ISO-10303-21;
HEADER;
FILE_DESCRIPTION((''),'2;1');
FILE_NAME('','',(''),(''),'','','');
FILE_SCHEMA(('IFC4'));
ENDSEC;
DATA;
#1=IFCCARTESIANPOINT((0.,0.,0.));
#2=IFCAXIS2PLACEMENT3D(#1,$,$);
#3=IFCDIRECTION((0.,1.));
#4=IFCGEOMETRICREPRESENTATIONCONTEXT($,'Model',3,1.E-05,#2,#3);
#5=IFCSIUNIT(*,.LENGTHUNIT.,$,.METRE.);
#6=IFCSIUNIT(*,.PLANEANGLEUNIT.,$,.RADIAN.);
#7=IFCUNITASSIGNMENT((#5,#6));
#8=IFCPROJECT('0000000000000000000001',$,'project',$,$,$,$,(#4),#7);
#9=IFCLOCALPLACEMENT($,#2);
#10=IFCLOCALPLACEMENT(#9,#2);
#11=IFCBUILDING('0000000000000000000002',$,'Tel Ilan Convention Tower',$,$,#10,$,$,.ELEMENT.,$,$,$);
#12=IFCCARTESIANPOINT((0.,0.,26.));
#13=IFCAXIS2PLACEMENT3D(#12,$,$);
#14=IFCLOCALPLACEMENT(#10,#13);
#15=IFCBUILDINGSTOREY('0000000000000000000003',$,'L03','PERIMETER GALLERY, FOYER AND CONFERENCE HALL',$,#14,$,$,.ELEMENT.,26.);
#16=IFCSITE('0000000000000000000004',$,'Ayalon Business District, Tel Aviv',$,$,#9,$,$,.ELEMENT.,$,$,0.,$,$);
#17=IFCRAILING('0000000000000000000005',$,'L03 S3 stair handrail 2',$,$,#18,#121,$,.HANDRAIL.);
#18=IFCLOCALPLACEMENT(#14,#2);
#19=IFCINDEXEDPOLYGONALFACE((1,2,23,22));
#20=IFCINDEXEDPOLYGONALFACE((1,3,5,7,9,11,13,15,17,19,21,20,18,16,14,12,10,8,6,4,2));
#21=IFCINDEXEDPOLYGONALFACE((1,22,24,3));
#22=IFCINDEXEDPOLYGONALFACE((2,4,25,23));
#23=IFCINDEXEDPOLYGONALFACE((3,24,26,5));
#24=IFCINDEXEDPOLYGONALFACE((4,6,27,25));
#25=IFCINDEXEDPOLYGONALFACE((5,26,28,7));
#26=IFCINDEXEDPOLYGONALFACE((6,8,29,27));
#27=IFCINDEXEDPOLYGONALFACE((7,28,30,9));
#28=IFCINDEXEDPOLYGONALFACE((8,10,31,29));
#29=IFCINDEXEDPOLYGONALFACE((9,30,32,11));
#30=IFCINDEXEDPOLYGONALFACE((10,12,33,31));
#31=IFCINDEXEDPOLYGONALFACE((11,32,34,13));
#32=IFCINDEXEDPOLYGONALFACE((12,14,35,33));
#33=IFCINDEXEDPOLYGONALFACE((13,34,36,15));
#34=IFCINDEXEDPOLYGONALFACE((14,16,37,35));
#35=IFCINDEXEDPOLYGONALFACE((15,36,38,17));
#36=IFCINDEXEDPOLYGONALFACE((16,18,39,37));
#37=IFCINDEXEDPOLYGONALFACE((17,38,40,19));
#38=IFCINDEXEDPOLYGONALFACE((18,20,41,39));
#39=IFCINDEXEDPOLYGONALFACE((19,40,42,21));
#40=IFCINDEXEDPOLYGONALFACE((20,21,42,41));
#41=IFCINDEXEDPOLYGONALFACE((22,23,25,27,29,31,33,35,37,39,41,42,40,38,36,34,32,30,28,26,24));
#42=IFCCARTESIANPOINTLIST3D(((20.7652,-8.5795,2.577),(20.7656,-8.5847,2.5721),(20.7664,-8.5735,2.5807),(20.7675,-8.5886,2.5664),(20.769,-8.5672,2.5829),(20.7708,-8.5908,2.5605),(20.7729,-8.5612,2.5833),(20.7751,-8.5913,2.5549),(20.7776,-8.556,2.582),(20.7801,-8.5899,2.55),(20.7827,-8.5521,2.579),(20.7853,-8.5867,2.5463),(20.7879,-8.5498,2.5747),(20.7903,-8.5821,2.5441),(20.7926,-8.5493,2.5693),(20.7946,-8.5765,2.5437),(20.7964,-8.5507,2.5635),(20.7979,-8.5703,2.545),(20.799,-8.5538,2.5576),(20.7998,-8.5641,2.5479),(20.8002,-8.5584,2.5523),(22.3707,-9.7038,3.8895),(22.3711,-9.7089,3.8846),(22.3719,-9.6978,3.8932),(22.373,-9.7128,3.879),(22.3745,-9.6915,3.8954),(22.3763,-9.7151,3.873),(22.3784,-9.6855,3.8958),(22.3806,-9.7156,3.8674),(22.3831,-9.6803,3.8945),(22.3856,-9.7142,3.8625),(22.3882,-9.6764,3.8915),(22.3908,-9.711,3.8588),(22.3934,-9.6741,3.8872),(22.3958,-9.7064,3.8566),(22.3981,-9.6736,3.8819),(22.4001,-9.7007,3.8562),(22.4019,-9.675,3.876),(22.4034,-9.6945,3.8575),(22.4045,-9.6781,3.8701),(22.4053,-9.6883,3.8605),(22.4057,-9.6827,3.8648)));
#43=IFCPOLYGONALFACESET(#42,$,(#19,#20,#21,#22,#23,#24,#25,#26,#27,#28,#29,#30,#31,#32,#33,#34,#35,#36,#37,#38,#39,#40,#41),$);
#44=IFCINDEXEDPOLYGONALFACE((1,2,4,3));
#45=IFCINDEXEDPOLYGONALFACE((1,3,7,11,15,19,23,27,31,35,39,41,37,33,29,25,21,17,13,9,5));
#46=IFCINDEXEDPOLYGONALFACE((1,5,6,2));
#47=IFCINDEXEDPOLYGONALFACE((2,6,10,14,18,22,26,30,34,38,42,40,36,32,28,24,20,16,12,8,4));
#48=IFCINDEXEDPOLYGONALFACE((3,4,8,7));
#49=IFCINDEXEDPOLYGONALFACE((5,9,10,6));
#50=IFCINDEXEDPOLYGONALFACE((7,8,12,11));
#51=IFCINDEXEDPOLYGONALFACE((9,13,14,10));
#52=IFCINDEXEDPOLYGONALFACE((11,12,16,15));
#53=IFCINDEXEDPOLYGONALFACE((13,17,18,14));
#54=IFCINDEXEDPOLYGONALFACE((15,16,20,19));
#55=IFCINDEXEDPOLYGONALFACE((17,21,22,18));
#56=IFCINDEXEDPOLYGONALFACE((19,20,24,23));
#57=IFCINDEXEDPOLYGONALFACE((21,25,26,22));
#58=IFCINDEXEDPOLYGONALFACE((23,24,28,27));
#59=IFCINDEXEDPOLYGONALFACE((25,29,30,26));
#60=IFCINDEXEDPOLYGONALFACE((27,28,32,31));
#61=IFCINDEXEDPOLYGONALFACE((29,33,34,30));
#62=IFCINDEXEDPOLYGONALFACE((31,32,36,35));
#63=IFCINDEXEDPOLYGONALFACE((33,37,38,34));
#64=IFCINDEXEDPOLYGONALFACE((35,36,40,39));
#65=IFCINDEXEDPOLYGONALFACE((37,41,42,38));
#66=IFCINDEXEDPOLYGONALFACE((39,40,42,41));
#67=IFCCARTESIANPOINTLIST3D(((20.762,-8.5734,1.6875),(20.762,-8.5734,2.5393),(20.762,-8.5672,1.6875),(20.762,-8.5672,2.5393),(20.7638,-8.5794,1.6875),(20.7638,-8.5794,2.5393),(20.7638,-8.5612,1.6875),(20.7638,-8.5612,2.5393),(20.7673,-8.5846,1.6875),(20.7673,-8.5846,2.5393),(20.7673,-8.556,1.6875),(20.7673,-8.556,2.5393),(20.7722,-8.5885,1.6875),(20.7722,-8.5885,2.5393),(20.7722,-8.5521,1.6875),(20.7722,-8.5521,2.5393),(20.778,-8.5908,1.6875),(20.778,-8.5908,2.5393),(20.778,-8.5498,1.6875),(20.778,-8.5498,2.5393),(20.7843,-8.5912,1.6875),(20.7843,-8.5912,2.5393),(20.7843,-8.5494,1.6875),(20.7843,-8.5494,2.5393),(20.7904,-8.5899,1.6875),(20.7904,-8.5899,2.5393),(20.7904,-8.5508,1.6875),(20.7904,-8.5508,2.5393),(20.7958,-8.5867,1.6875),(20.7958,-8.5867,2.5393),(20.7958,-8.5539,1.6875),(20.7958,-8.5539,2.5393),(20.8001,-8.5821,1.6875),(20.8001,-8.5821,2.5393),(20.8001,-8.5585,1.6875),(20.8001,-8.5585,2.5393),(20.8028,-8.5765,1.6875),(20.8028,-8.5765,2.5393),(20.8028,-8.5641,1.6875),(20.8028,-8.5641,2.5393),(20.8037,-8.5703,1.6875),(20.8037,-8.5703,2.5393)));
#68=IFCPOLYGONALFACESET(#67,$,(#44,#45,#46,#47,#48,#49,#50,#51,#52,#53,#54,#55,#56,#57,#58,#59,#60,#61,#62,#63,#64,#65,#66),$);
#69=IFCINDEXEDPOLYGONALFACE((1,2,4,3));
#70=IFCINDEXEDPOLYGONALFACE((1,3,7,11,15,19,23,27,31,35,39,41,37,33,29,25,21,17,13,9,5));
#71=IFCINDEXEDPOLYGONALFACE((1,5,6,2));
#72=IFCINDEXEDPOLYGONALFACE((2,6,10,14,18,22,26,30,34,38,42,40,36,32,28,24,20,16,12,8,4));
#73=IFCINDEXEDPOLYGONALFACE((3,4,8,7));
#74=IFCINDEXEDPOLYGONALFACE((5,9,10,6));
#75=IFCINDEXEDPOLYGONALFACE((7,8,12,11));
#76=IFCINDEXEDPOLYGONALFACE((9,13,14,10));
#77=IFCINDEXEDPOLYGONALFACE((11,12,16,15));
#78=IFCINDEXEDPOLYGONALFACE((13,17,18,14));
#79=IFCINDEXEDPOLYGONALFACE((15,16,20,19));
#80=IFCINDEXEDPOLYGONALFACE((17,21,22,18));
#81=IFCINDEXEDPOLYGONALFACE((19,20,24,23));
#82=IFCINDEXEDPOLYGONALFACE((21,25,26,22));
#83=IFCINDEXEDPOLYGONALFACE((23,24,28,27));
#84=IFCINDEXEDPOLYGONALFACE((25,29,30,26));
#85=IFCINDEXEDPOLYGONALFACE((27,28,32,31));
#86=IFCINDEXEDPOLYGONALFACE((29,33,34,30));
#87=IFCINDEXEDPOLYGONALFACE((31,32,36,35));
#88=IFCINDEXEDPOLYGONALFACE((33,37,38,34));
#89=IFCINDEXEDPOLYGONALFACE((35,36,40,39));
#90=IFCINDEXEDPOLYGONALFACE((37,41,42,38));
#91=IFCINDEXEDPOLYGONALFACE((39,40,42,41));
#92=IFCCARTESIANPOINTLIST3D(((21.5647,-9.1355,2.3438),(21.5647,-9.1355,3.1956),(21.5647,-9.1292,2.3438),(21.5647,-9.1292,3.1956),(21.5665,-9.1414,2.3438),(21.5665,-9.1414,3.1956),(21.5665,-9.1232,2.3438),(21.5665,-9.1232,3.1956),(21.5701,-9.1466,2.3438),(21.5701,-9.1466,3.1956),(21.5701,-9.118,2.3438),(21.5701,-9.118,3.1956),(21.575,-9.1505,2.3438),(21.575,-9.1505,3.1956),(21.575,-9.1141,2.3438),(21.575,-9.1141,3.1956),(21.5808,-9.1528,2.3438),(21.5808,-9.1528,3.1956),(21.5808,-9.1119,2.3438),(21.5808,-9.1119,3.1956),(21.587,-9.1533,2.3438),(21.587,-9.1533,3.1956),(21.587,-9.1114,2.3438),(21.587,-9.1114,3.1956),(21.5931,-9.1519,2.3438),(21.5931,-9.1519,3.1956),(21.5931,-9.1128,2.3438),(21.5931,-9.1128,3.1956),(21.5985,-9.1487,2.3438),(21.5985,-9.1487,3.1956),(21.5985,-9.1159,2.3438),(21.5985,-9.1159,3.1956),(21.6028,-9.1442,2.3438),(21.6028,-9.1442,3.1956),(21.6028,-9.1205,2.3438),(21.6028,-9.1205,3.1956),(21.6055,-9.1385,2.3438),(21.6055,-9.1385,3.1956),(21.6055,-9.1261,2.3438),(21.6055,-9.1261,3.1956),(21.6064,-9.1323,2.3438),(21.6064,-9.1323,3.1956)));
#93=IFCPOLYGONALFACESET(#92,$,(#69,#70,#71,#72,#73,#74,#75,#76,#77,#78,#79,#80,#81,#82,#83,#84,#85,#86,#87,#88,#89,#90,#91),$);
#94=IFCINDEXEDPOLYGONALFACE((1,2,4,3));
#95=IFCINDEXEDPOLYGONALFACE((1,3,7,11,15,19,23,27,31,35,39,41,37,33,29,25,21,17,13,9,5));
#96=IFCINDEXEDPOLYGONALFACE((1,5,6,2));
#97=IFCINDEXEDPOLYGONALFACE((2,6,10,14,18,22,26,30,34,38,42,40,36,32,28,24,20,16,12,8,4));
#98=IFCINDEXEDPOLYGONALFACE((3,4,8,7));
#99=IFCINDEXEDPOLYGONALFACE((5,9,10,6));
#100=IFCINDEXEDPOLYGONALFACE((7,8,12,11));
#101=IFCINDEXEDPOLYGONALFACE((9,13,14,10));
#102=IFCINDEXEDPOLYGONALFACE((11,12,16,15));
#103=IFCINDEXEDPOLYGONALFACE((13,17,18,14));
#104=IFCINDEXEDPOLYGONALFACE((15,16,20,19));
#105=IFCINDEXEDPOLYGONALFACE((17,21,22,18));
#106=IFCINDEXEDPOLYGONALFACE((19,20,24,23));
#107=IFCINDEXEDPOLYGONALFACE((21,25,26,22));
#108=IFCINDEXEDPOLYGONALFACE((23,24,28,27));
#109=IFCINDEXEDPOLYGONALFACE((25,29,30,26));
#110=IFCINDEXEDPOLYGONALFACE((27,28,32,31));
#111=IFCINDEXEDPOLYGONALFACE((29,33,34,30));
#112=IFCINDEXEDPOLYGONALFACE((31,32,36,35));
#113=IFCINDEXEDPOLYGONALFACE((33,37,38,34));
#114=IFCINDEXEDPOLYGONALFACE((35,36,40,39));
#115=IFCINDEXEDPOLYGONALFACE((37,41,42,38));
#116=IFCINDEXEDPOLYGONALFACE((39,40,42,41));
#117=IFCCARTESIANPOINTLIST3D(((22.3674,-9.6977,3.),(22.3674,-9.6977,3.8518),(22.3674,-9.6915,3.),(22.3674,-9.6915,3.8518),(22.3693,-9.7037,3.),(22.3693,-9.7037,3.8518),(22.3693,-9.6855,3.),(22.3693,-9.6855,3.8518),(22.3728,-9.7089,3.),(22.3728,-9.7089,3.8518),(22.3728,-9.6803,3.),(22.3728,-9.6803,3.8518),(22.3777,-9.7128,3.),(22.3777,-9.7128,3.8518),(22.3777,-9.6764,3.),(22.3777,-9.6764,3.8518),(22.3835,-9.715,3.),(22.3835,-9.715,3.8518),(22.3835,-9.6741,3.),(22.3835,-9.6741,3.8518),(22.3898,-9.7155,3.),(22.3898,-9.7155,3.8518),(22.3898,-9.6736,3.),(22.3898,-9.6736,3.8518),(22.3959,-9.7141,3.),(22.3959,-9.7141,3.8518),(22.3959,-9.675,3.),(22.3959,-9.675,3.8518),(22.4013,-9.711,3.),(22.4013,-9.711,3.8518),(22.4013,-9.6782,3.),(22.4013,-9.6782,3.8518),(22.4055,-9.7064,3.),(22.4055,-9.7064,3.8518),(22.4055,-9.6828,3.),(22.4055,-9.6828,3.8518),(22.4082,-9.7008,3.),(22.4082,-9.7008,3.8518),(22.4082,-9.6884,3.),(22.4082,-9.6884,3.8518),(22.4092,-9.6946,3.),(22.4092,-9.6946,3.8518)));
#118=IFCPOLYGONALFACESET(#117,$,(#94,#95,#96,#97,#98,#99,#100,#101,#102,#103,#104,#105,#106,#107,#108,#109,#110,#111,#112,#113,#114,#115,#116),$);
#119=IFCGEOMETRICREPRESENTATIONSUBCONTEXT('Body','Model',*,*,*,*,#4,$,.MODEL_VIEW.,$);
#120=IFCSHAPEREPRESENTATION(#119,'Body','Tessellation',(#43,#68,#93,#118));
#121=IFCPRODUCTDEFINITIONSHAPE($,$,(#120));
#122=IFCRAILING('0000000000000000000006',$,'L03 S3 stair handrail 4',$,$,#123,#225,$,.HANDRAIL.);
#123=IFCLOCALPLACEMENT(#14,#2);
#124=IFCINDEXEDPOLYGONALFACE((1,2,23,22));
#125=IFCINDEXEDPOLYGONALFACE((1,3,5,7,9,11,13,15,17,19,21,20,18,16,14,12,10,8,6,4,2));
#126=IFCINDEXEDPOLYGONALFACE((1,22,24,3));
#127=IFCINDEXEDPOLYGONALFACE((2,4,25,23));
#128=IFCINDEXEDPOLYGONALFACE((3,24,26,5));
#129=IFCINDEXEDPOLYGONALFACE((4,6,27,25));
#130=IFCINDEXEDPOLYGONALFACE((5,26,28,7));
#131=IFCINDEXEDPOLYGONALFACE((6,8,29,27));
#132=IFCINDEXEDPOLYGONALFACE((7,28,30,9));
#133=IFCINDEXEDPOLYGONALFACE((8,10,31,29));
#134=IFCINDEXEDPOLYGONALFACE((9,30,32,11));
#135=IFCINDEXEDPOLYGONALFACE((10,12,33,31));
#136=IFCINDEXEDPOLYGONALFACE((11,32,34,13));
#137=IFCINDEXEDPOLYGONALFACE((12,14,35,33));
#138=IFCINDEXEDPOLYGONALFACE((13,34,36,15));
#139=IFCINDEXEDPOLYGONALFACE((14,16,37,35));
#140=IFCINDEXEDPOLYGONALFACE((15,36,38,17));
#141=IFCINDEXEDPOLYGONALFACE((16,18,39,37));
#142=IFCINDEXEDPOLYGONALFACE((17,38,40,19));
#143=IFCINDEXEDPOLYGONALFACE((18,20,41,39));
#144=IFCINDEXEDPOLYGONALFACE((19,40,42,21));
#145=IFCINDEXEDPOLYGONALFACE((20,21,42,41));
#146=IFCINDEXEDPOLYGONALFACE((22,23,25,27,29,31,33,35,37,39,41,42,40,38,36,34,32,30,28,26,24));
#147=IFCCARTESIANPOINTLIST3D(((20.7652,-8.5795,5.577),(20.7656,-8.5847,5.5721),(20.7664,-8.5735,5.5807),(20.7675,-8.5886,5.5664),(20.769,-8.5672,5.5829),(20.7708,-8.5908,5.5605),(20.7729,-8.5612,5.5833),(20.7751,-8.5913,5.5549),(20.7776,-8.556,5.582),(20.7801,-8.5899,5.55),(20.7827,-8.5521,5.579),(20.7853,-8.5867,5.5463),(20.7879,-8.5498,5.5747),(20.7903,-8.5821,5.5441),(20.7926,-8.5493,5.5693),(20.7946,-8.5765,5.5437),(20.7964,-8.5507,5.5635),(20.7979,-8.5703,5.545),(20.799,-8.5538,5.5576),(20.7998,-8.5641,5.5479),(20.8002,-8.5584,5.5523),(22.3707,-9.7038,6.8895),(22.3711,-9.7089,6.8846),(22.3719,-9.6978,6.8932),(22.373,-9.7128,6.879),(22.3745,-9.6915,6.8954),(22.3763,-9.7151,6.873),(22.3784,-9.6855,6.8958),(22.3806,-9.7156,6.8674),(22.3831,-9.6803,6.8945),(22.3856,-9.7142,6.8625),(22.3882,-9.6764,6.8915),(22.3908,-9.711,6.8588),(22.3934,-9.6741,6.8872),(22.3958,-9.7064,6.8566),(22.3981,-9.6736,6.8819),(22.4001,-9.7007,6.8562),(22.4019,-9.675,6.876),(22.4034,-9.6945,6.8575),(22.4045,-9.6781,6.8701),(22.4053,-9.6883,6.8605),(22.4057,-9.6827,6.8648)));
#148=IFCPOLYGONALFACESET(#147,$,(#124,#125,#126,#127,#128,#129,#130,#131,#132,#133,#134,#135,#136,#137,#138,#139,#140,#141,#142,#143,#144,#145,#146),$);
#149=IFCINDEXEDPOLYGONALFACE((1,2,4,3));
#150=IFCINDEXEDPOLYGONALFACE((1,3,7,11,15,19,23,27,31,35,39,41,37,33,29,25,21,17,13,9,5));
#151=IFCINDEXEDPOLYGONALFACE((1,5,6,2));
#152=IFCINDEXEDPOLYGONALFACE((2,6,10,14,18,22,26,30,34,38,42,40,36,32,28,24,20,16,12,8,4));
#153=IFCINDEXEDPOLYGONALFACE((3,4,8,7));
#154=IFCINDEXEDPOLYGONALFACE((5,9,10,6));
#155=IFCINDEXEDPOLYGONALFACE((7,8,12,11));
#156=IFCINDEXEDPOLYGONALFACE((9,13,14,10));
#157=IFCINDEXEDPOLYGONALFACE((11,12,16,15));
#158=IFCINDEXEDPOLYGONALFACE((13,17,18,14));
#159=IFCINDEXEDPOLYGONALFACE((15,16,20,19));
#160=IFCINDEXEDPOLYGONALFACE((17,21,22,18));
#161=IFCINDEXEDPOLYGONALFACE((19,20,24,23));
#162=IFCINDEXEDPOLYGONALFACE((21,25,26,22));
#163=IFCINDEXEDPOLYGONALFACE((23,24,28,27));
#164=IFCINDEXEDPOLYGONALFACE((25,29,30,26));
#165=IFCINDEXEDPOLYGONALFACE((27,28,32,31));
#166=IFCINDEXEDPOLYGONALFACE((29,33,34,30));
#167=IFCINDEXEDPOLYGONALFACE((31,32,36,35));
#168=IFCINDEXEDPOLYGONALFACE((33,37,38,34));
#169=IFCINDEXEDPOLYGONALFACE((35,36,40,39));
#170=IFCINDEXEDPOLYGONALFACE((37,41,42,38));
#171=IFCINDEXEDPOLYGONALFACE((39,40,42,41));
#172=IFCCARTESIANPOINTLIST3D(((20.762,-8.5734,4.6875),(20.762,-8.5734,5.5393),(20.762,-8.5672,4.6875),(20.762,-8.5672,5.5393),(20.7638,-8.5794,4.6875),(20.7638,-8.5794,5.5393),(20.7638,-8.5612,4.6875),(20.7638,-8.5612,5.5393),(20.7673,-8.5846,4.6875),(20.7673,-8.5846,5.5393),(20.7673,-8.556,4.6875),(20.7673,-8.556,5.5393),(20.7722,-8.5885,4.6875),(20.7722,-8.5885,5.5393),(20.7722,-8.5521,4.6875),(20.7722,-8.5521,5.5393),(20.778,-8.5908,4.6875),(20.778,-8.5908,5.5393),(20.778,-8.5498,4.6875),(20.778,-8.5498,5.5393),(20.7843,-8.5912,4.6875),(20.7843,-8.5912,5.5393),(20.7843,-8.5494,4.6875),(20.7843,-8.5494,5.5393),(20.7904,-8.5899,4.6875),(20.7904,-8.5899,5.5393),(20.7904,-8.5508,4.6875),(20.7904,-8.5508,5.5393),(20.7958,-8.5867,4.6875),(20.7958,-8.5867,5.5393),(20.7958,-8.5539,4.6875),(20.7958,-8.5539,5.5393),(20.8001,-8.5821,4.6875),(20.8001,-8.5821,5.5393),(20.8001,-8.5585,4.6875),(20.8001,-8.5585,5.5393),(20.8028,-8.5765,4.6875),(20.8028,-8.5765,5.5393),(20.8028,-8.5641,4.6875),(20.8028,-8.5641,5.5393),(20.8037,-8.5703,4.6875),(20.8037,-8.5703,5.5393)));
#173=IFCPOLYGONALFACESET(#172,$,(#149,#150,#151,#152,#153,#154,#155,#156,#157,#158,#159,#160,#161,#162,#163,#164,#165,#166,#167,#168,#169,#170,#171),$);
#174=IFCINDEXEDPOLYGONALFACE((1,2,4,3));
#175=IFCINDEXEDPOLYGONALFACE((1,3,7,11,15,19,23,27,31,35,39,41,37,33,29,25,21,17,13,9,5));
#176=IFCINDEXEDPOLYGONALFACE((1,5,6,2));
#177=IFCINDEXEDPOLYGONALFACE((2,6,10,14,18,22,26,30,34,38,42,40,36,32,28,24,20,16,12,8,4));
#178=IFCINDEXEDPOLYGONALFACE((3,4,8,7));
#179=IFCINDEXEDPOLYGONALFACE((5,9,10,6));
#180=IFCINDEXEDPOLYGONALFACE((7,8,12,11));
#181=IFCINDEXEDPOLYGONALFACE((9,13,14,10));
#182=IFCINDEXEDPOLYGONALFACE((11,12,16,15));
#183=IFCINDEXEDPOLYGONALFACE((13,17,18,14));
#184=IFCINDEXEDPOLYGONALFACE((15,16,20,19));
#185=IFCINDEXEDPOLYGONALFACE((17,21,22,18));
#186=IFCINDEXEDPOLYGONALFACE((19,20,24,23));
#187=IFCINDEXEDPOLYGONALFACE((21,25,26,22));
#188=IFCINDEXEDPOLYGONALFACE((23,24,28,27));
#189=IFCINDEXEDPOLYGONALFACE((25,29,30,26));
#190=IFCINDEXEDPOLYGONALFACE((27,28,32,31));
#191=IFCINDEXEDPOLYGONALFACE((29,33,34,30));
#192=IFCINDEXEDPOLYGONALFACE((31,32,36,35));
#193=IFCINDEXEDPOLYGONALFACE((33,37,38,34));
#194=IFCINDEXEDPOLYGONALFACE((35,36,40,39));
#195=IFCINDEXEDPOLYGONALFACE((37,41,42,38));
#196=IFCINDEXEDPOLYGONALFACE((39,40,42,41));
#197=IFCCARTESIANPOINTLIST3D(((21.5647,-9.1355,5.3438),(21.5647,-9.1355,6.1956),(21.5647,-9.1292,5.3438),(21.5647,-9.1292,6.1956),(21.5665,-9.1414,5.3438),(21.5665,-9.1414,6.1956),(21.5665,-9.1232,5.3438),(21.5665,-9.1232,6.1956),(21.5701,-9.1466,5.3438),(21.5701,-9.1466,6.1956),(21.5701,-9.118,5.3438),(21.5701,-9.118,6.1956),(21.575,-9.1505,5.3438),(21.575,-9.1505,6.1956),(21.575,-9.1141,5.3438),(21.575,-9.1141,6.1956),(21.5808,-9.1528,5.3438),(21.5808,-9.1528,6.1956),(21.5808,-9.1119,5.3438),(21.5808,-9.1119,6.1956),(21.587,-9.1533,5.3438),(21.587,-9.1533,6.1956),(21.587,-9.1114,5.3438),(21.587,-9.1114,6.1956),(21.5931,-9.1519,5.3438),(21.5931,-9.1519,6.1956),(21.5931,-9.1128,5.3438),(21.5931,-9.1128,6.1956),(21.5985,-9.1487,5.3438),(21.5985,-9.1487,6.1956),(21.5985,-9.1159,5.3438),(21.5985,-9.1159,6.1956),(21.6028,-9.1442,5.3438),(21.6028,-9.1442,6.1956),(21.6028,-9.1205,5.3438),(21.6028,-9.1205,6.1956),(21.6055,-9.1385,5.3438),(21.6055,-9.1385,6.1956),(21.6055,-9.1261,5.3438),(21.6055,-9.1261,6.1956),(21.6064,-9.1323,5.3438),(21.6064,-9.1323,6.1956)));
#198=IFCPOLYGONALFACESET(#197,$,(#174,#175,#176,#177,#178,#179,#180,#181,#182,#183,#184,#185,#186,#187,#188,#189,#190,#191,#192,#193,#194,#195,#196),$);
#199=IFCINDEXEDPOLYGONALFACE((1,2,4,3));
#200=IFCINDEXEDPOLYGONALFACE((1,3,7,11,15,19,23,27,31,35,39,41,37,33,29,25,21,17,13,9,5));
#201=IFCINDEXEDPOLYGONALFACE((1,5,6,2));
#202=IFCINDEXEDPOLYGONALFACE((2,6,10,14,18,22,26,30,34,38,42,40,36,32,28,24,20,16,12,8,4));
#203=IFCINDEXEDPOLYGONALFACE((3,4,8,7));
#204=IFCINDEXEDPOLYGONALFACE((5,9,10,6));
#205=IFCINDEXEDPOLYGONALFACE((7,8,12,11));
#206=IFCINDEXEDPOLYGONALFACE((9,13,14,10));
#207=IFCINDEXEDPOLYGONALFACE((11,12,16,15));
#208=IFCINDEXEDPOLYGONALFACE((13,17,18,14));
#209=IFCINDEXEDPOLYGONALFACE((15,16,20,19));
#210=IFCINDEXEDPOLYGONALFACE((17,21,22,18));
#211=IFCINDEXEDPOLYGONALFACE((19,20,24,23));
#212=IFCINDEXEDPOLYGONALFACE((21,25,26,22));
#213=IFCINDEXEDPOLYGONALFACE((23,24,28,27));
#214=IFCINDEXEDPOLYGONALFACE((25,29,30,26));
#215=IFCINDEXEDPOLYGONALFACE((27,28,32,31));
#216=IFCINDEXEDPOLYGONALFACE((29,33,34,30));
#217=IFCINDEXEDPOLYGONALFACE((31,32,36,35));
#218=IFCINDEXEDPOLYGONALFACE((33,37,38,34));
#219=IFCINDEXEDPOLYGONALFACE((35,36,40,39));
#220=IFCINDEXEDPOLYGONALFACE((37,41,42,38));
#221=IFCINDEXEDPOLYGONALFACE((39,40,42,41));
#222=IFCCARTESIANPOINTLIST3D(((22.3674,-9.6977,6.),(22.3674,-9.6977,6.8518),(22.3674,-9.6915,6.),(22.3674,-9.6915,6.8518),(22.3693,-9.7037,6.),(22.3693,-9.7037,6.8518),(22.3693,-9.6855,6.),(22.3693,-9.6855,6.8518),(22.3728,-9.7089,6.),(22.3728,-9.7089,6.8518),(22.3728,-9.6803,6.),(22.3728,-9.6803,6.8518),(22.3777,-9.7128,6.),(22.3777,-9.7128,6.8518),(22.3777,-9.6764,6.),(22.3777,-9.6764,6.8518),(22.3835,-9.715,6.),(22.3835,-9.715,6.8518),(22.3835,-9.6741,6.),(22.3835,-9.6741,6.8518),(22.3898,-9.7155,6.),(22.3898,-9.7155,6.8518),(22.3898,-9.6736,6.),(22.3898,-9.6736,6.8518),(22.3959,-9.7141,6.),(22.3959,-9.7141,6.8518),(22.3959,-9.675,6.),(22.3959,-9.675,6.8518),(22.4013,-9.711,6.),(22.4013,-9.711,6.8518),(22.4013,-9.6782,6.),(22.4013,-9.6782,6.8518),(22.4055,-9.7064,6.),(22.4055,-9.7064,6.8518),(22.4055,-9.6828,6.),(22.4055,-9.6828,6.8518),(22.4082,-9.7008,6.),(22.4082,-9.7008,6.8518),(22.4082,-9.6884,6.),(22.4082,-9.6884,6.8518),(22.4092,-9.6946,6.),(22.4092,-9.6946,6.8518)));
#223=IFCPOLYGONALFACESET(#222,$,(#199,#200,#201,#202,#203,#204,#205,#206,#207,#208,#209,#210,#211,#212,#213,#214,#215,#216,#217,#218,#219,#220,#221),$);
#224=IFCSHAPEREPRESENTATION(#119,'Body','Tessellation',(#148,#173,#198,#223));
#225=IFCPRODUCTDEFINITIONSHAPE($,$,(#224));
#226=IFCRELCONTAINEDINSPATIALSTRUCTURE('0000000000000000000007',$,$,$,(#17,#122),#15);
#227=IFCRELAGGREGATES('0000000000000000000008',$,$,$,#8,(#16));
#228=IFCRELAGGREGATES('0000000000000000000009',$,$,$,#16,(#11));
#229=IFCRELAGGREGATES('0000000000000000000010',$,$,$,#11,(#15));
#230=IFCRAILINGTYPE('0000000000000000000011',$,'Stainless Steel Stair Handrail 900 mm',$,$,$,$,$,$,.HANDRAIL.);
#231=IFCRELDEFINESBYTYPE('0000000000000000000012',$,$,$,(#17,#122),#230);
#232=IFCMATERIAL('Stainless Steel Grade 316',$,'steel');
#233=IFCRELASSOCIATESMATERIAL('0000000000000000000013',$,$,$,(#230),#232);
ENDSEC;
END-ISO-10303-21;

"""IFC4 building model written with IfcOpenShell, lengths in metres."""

from ifc_helpers import new_model, si_unit, direction, frame, origin, origin_2d, place, context, subcontext, project, spatial, circle, extrude, material, type_object, element, save


model = new_model("IFC4")

# Units and contexts
model_context = context("Model", 3, precision=1e-05, world=origin(), true_north=direction((0.0, 1.0)))
body_context = subcontext(model_context, "Body", "Model", "MODEL_VIEW")
ifc_project = project(units=[si_unit("LENGTHUNIT", "METRE"), si_unit("PLANEANGLEUNIT", "RADIAN")], contexts=[model_context])

# Site, building, storey
site_placement = place(None, origin())
site = spatial("IfcSite", under=ifc_project, at=site_placement, Name="Ayalon Business District, Tel Aviv", CompositionType="ELEMENT", RefElevation=0.0)
building_placement = place(site_placement, origin())
building = spatial("IfcBuilding", under=site, at=building_placement, Name="Tel Ilan Convention Tower", CompositionType="ELEMENT")
storey_placement = place(building_placement, frame((0.0, 0.0, 26.0)))
storey = spatial("IfcBuildingStorey", under=building, at=storey_placement, Name="L03", Description="PERIMETER GALLERY, FOYER AND CONFERENCE HALL", CompositionType="ELEMENT", Elevation=26.0)

# Railings
ifc_material_1 = material(Name="Stainless Steel Grade 316", Category="steel")
railing_type_1 = type_object("IfcRailingType", Name="Stainless Steel Stair Handrail 900 mm", PredefinedType="HANDRAIL", material=ifc_material_1)
for number, where, name in (
    (1, (20.7827, -8.5703, 1.6875), "L03 S3 stair handrail 2"),
    (2, (20.7827, -8.5703, 4.6875), "L03 S3 stair handrail 4"),
):
    element("IfcRailing", number, at=place(storey_placement, frame(where)), inside=storey, type_object=railing_type_1, Name=name, PredefinedType="HANDRAIL", context=body_context, shape_type="SweptSolid", body=[
        extrude(circle(Radius=0.0239, at=origin_2d()), frame((0.0, 0.0, 0.876), z_axis=(0.680616, -0.476617, 0.556416), x_axis=(0.573613, 0.819127, 0.0)), (0.0, 0.0, 1.0), 2.3589),
        extrude(circle(Radius=0.021, at=origin_2d()), origin(), (0.0, 0.0, 1.0), 0.8518),
        extrude(circle(Radius=0.021, at=origin_2d()), frame((0.8027, -0.562, 0.6562)), (0.0, 0.0, 1.0), 0.8518),
        extrude(circle(Radius=0.021, at=origin_2d()), frame((1.6055, -1.1243, 1.3125)), (0.0, 0.0, 1.0), 0.8518),
    ])

save(model, "model.ifc")
